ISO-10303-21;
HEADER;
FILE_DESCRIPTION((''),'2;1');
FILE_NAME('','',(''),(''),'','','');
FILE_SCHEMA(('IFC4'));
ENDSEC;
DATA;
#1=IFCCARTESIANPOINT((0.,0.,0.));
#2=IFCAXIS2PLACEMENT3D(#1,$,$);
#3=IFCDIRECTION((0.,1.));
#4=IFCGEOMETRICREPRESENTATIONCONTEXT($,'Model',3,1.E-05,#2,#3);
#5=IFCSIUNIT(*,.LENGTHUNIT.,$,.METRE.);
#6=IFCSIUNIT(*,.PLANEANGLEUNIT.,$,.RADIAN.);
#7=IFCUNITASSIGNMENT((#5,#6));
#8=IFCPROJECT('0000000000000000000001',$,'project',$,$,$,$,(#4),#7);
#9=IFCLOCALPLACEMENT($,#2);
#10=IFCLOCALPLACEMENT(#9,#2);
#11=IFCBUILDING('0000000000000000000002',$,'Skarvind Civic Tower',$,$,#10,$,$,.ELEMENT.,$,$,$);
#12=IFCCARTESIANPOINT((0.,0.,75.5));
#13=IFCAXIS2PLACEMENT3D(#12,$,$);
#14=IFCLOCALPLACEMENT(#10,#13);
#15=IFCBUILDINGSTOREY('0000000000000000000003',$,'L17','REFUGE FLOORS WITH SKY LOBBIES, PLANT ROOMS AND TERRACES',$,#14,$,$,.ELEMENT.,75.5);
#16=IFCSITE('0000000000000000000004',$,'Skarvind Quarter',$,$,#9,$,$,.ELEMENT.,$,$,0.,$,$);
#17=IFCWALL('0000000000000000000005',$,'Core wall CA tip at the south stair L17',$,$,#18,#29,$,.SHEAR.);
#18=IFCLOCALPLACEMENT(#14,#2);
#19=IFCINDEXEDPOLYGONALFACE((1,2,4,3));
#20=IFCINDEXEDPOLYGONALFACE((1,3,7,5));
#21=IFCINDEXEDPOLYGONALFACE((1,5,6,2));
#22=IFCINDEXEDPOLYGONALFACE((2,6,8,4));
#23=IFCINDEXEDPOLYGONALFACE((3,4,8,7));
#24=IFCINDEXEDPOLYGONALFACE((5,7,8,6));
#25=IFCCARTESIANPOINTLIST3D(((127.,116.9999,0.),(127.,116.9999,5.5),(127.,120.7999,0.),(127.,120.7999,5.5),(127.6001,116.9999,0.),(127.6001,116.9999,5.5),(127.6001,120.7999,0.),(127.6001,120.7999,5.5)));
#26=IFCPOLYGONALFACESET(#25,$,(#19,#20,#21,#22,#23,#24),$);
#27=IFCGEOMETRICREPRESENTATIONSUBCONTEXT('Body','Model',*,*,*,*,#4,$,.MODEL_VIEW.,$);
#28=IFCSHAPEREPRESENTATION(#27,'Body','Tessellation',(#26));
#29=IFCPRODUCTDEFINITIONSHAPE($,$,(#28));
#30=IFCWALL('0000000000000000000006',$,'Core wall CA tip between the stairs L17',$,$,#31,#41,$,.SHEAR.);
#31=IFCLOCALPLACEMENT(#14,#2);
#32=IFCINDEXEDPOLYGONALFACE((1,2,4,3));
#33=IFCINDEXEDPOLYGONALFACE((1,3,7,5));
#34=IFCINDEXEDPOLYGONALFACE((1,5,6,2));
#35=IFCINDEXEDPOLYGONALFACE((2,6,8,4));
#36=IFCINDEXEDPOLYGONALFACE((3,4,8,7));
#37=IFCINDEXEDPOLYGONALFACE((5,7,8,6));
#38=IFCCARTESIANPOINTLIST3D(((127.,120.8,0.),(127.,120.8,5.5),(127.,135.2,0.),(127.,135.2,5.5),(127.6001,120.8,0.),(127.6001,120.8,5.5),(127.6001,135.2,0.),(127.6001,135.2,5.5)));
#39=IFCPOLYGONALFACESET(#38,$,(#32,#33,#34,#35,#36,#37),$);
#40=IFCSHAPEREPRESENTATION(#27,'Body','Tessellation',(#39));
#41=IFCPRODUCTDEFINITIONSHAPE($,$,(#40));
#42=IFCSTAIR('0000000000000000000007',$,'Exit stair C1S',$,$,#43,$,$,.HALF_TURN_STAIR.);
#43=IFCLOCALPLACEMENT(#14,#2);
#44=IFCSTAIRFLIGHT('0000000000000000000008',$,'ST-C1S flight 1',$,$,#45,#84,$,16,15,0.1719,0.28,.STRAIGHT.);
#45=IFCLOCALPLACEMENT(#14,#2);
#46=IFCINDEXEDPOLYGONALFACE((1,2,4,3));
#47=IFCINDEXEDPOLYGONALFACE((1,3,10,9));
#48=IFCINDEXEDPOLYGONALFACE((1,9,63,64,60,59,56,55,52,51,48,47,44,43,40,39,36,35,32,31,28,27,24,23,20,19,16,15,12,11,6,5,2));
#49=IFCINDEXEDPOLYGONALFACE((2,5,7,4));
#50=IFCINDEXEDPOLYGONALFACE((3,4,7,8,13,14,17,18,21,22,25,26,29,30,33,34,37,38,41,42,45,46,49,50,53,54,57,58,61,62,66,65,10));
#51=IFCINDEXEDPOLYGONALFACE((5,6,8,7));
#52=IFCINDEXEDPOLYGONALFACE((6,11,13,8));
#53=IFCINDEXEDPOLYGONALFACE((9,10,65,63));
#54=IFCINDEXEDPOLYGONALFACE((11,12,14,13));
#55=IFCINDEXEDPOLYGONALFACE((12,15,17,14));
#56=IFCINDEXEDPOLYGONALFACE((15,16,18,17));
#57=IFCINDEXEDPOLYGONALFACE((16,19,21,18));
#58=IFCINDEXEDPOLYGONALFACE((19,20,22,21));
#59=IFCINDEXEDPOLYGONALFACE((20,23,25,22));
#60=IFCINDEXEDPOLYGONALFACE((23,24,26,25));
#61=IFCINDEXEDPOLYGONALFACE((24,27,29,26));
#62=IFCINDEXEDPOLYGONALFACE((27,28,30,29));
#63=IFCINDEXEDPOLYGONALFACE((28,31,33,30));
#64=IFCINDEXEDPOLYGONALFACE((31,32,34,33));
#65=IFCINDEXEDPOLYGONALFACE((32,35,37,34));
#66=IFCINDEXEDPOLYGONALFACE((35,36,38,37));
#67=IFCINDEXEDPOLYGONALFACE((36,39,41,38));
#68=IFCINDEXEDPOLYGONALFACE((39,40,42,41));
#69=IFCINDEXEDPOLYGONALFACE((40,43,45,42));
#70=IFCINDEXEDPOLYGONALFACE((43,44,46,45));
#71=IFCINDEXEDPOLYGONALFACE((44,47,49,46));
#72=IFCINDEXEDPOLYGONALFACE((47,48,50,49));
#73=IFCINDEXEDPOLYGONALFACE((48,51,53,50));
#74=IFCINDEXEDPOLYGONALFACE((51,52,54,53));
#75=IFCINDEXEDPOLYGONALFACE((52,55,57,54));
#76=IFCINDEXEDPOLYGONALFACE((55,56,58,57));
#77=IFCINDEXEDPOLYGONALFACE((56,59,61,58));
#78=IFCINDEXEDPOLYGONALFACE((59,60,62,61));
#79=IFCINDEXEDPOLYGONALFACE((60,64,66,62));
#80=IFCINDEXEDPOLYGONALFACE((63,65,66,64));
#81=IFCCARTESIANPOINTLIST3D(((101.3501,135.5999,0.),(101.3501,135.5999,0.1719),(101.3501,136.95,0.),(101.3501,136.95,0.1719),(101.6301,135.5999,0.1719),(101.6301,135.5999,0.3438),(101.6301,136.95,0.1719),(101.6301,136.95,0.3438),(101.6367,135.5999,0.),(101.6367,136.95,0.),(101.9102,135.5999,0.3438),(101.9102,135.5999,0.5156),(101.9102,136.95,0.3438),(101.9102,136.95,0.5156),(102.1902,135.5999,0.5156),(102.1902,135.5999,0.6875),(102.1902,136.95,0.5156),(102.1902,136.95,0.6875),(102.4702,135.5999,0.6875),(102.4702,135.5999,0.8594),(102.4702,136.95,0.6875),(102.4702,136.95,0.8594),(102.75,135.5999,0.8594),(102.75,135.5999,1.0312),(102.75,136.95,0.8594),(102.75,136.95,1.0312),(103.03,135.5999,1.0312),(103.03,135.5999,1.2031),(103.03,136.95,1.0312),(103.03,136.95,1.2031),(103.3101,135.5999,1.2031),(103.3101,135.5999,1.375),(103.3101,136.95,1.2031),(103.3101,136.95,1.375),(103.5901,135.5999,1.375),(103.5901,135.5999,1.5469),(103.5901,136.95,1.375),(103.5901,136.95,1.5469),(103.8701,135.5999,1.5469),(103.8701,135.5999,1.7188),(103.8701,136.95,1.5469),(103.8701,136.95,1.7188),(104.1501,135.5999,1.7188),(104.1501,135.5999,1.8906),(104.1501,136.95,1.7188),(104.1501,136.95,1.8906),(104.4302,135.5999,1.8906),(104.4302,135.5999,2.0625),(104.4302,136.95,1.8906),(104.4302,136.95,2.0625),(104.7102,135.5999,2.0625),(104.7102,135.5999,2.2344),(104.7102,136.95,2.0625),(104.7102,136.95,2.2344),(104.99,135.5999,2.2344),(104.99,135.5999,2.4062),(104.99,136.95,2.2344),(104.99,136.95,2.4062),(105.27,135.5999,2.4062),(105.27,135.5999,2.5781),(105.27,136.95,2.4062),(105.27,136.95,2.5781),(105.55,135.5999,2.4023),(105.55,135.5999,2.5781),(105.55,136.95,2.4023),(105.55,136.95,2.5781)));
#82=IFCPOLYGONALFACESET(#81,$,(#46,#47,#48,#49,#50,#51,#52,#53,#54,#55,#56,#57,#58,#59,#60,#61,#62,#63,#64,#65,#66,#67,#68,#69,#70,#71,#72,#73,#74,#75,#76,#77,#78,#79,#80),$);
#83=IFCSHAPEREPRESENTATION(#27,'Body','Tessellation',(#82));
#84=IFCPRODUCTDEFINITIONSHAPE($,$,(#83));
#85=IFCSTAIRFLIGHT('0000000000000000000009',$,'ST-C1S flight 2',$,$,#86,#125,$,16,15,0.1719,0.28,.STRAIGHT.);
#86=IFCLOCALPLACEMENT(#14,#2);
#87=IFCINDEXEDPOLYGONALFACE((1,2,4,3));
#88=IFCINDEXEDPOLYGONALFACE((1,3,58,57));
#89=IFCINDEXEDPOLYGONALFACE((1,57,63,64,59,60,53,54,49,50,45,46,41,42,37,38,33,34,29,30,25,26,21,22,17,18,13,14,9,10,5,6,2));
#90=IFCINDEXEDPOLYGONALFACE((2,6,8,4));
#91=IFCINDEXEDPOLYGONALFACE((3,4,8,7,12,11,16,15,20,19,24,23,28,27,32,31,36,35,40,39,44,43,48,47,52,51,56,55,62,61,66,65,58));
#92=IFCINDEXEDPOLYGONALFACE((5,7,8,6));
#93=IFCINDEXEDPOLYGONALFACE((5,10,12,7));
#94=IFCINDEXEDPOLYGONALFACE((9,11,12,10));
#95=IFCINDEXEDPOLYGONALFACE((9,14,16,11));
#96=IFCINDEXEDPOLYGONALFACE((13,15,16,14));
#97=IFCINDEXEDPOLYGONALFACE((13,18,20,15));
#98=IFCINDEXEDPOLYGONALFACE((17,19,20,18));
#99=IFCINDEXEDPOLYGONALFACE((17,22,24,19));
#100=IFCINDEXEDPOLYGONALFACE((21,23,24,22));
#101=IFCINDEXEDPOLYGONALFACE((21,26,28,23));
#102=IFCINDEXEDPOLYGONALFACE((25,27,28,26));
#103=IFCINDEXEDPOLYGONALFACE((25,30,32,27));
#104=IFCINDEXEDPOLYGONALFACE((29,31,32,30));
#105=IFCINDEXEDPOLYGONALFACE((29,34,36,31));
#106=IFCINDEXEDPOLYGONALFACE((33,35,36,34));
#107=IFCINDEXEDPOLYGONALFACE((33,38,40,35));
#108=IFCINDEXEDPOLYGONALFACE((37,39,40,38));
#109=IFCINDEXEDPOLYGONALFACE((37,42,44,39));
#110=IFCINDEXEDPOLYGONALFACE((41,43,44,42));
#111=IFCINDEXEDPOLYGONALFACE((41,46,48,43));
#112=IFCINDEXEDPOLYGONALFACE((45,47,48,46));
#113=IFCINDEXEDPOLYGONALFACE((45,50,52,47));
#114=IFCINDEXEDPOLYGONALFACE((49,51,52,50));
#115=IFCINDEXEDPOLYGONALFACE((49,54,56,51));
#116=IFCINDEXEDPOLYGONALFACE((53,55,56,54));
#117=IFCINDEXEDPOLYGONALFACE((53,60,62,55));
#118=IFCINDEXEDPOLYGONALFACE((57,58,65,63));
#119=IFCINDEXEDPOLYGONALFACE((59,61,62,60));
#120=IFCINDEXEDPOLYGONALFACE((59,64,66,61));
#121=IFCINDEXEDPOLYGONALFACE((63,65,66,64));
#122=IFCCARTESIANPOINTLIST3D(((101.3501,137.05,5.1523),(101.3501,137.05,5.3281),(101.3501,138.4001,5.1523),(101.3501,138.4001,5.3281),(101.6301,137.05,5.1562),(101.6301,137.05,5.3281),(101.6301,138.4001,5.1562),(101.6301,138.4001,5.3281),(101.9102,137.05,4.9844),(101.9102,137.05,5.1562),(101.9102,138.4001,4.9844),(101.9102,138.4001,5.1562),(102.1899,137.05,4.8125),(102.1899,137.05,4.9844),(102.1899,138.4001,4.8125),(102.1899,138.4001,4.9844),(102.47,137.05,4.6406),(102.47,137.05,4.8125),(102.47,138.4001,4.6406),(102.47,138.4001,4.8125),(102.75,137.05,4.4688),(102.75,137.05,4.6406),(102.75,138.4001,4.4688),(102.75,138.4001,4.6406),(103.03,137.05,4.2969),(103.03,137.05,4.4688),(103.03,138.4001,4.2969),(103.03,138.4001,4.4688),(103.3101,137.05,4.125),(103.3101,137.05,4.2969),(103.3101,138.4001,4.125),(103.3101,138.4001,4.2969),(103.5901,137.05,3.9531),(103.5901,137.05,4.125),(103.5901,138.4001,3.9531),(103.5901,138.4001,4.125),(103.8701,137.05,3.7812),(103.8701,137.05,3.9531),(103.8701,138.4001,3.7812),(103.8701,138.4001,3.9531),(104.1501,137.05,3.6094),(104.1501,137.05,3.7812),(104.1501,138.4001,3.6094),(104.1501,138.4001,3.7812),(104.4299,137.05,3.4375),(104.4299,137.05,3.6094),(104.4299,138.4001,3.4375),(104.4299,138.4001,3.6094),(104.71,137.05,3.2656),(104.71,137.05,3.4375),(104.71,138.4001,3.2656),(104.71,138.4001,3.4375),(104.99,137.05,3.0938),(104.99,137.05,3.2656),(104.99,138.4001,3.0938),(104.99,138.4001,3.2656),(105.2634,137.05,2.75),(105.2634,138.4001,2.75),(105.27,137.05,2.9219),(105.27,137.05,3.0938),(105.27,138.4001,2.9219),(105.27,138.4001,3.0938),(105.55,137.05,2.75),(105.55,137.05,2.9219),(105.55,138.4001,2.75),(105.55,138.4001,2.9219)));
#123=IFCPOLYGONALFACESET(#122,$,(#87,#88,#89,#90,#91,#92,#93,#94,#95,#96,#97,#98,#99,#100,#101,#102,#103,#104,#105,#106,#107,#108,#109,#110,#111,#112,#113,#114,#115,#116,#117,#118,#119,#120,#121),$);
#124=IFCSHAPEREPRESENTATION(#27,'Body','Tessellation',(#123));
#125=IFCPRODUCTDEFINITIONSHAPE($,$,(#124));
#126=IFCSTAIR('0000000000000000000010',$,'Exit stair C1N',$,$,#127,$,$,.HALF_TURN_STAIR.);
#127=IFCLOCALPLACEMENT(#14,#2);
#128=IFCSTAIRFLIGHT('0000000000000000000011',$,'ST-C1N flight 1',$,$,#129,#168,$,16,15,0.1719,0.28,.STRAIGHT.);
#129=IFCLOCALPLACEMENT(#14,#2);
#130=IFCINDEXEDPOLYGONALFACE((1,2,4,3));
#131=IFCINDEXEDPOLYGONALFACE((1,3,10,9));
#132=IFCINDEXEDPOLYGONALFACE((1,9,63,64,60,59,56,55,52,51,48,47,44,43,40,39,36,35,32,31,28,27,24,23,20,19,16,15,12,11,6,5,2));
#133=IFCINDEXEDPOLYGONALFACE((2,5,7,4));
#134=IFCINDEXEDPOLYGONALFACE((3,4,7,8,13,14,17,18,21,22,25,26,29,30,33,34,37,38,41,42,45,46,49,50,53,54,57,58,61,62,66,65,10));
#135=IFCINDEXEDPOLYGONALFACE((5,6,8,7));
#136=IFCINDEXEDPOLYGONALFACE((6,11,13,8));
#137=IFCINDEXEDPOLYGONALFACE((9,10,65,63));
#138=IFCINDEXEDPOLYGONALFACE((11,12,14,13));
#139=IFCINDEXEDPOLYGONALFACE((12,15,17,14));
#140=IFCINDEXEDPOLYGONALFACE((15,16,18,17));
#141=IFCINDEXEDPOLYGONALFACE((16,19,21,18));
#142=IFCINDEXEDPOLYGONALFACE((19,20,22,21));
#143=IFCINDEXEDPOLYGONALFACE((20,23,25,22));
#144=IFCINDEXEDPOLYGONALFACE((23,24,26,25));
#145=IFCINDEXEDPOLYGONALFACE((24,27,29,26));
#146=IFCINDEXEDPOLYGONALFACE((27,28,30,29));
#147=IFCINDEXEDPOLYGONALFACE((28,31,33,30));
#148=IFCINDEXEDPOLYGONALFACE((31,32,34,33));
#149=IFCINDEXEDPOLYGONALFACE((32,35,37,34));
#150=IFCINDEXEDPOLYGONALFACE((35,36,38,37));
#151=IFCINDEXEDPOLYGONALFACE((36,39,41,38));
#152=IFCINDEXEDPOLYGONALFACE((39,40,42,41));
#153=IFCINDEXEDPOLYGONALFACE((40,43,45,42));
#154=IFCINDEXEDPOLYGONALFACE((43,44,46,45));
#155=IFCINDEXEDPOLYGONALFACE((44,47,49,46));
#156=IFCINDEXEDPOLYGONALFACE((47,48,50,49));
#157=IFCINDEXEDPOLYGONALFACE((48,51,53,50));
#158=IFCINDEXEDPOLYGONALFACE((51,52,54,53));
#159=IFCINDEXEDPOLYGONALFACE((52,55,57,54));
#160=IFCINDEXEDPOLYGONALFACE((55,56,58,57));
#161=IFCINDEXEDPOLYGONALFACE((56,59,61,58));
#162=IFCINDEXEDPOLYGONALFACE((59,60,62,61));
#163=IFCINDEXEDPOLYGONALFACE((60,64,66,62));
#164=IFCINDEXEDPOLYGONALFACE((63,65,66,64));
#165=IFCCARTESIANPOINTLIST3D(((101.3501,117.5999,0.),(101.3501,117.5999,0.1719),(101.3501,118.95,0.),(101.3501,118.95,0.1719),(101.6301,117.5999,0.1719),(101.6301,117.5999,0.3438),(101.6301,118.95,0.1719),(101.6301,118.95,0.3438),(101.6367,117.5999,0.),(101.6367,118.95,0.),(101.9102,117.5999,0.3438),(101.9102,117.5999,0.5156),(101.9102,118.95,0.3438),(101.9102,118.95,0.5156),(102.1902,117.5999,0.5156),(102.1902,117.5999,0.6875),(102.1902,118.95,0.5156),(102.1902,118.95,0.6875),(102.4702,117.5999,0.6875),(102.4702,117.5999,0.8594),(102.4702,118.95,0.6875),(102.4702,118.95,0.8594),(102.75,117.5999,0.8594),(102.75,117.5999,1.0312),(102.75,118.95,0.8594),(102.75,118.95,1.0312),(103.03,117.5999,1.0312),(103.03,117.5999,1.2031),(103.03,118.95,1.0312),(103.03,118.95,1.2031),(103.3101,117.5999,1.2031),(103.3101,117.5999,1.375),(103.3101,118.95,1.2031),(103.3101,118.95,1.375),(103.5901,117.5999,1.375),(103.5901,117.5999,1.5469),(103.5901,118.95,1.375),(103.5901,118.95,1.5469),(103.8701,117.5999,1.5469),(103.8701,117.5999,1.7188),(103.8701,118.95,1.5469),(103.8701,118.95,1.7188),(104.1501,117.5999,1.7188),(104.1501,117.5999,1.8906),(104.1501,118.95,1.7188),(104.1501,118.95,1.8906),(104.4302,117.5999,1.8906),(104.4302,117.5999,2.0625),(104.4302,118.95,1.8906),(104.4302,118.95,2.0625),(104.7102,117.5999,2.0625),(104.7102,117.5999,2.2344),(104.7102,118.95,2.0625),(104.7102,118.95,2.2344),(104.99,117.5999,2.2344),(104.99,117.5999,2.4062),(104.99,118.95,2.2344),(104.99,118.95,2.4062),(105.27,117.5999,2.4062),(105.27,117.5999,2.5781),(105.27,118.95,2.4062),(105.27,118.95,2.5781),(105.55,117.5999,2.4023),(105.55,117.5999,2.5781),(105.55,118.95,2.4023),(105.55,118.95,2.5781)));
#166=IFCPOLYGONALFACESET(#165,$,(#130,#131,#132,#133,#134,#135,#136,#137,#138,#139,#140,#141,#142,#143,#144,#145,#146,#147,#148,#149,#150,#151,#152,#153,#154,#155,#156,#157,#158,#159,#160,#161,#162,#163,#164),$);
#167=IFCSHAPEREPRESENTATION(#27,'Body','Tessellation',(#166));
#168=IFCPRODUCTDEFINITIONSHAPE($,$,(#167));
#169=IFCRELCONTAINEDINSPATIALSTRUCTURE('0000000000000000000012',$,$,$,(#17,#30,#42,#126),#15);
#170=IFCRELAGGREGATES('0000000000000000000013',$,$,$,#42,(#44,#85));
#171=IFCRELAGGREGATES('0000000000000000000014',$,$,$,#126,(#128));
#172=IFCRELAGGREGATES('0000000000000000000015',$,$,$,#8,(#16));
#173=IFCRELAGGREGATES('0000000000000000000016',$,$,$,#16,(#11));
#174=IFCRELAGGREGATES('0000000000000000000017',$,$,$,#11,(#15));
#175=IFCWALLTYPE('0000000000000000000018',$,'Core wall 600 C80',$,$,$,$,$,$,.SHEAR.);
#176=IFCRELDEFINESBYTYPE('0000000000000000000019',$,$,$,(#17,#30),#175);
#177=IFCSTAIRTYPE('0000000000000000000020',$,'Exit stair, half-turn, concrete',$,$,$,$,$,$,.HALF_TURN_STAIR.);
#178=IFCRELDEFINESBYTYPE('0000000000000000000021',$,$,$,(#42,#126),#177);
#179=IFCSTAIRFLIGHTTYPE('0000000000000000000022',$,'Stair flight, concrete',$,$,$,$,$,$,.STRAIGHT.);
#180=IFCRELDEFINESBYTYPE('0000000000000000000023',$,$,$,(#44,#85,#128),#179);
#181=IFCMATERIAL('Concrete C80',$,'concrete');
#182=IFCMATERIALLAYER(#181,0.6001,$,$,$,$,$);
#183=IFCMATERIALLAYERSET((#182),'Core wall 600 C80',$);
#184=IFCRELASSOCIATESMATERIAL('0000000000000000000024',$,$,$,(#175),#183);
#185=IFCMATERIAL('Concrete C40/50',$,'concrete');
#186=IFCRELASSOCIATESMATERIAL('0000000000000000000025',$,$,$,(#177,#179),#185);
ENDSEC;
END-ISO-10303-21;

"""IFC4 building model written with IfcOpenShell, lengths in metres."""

from ifc_helpers import new_model, si_unit, direction, frame, frame_2d, origin, place, context, subcontext, project, spatial, polyline, rectangle, outline, extrude, material, layer, layer_set, type_object, element, aggregate, save


model = new_model("IFC4")

# Units and contexts
model_context = context("Model", 3, precision=1e-05, world=origin(), true_north=direction((0.0, 1.0)))
body_context = subcontext(model_context, "Body", "Model", "MODEL_VIEW")
ifc_project = project(units=[si_unit("LENGTHUNIT", "METRE"), si_unit("PLANEANGLEUNIT", "RADIAN")], contexts=[model_context])

# Site, building, storey
site_placement = place(None, origin())
site = spatial("IfcSite", under=ifc_project, at=site_placement, Name="Skarvind Quarter", CompositionType="ELEMENT", RefElevation=0.0)
building_placement = place(site_placement, origin())
building = spatial("IfcBuilding", under=site, at=building_placement, Name="Skarvind Civic Tower", CompositionType="ELEMENT")
storey_placement = place(building_placement, frame((0.0, 0.0, 75.5)))
storey = spatial("IfcBuildingStorey", under=building, at=storey_placement, Name="L17", Description="REFUGE FLOORS WITH SKY LOBBIES, PLANT ROOMS AND TERRACES", CompositionType="ELEMENT", Elevation=75.5)

# Shared definitions
ifc_material_1 = material(Name="Concrete C80", Category="concrete")

# Walls
ifc_layer_1 = layer(ifc_material_1, 0.6001)
ifc_layer_set_1 = layer_set([ifc_layer_1], Name="Core wall 600 C80")
wall_type_1 = type_object("IfcWallType", Name="Core wall 600 C80", PredefinedType="SHEAR", material=ifc_layer_set_1)
wall_1_placement = place(storey_placement, frame((127.3, 117.0, 0.0), z_axis=(0.0, 0.0, 1.0), x_axis=(0.0, 1.0, 0.0)))
element("IfcWall", 1, at=wall_1_placement, inside=storey, type_object=wall_type_1, Name="Core wall CA tip at the south stair L17", PredefinedType="SHEAR", context=body_context, shape_type="SweptSolid", body=[
    extrude(rectangle(XDim=3.8, YDim=0.6001, at=frame_2d((1.8999, 0.0))), origin(), (0.0, 0.0, 1.0), 5.5),
])
wall_2_placement = place(storey_placement, frame((127.3, 120.8, 0.0), z_axis=(0.0, 0.0, 1.0), x_axis=(0.0, 1.0, 0.0)))
element("IfcWall", 2, at=wall_2_placement, inside=storey, type_object=wall_type_1, Name="Core wall CA tip between the stairs L17", PredefinedType="SHEAR", context=body_context, shape_type="SweptSolid", body=[
    extrude(rectangle(XDim=14.3999, YDim=0.6001, at=frame_2d((7.2, 0.0))), origin(), (0.0, 0.0, 1.0), 5.5),
])

# Stairs, stair flights
ifc_material_2 = material(Name="Concrete C40/50", Category="concrete")
stair_type = type_object("IfcStairType", Name="Exit stair, half-turn, concrete", PredefinedType="HALF_TURN_STAIR", material=ifc_material_2)
stair_1_placement = place(storey_placement, origin())
stair_1 = element("IfcStair", 3, at=stair_1_placement, inside=storey, type_object=stair_type, Name="Exit stair C1S", PredefinedType="HALF_TURN_STAIR")
stair_flight_type = type_object("IfcStairFlightType", Name="Stair flight, concrete", PredefinedType="STRAIGHT", material=ifc_material_2)
stair_flight_1_placement = place(storey_placement, frame((101.3501, 136.2749, 0.0), z_axis=(0.0, 0.0, 1.0), x_axis=(1.0, 0.0, 0.0)))
stair_flight_1 = element("IfcStairFlight", 4, at=stair_flight_1_placement, type_object=stair_flight_type, Name="ST-C1S flight 1", NumberOfRisers=16, NumberOfTreads=15, PredefinedType="STRAIGHT", RiserHeight=0.1719, TreadLength=0.28, context=body_context, shape_type="SweptSolid", body=[
    extrude(outline(polyline([(0.0, 0.0), (0.0, 0.1719), (0.28, 0.1719), (0.28, 0.3438), (0.5601, 0.3438), (0.5601, 0.5156), (0.8401, 0.5156), (0.8401, 0.6875), (1.1201, 0.6875), (1.1201, 0.8594), (1.3999, 0.8594), (1.3999, 1.0312), (1.6799, 1.0312), (1.6799, 1.2031), (1.96, 1.2031), (1.96, 1.375), (2.24, 1.375), (2.24, 1.5469), (2.52, 1.5469), (2.52, 1.7188), (2.8, 1.7188), (2.8, 1.8906), (3.0801, 1.8906), (3.0801, 2.0625), (3.3601, 2.0625), (3.3601, 2.2344), (3.6399, 2.2344), (3.6399, 2.4062), (3.9199, 2.4062), (3.9199, 2.5781), (4.2, 2.5781), (4.2, 2.75), (4.2, 2.4023), (0.2866, 0.0), (0.0, 0.0)])), frame((0.0, 0.675, 0.0), z_axis=(0.0, -1.0, 0.0), x_axis=(1.0, 0.0, 0.0)), (0.0, 0.0, 1.0), 1.3501),
])
stair_flight_2_placement = place(storey_placement, frame((105.55, 137.7251, 2.75), z_axis=(0.0, 0.0, 1.0), x_axis=(-1.0, 0.0, 0.0)))
stair_flight_2 = element("IfcStairFlight", 5, at=stair_flight_2_placement, type_object=stair_flight_type, Name="ST-C1S flight 2", NumberOfRisers=16, NumberOfTreads=15, PredefinedType="STRAIGHT", RiserHeight=0.1719, TreadLength=0.28, context=body_context, shape_type="SweptSolid", body=[
    extrude(outline(polyline([(0.0, 0.0), (0.0, 0.1719), (0.28, 0.1719), (0.28, 0.3438), (0.5601, 0.3438), (0.5601, 0.5156), (0.8401, 0.5156), (0.8401, 0.6875), (1.1201, 0.6875), (1.1201, 0.8594), (1.3999, 0.8594), (1.3999, 1.0312), (1.6799, 1.0312), (1.6799, 1.2031), (1.96, 1.2031), (1.96, 1.375), (2.24, 1.375), (2.24, 1.5469), (2.52, 1.5469), (2.52, 1.7188), (2.8, 1.7188), (2.8, 1.8906), (3.0801, 1.8906), (3.0801, 2.0625), (3.3601, 2.0625), (3.3601, 2.2344), (3.6399, 2.2344), (3.6399, 2.4062), (3.9199, 2.4062), (3.9199, 2.5781), (4.2, 2.5781), (4.2, 2.75), (4.2, 2.4023), (0.2866, 0.0), (0.0, 0.0)])), frame((0.0, 0.675, 0.0), z_axis=(0.0, -1.0, 0.0), x_axis=(1.0, 0.0, 0.0)), (0.0, 0.0, 1.0), 1.3501),
])
aggregate(stair_1, [stair_flight_1, stair_flight_2])
stair_2_placement = place(storey_placement, origin())
stair_2 = element("IfcStair", 6, at=stair_2_placement, inside=storey, type_object=stair_type, Name="Exit stair C1N", PredefinedType="HALF_TURN_STAIR")
stair_flight_3_placement = place(storey_placement, frame((101.3501, 118.2749, 0.0), z_axis=(0.0, 0.0, 1.0), x_axis=(1.0, 0.0, 0.0)))
stair_flight_3 = element("IfcStairFlight", 7, at=stair_flight_3_placement, type_object=stair_flight_type, Name="ST-C1N flight 1", NumberOfRisers=16, NumberOfTreads=15, PredefinedType="STRAIGHT", RiserHeight=0.1719, TreadLength=0.28, context=body_context, shape_type="SweptSolid", body=[
    extrude(outline(polyline([(0.0, 0.0), (0.0, 0.1719), (0.28, 0.1719), (0.28, 0.3438), (0.5601, 0.3438), (0.5601, 0.5156), (0.8401, 0.5156), (0.8401, 0.6875), (1.1201, 0.6875), (1.1201, 0.8594), (1.3999, 0.8594), (1.3999, 1.0312), (1.6799, 1.0312), (1.6799, 1.2031), (1.96, 1.2031), (1.96, 1.375), (2.24, 1.375), (2.24, 1.5469), (2.52, 1.5469), (2.52, 1.7188), (2.8, 1.7188), (2.8, 1.8906), (3.0801, 1.8906), (3.0801, 2.0625), (3.3601, 2.0625), (3.3601, 2.2344), (3.6399, 2.2344), (3.6399, 2.4062), (3.9199, 2.4062), (3.9199, 2.5781), (4.2, 2.5781), (4.2, 2.75), (4.2, 2.4023), (0.2866, 0.0), (0.0, 0.0)])), frame((0.0, 0.675, 0.0), z_axis=(0.0, -1.0, 0.0), x_axis=(1.0, 0.0, 0.0)), (0.0, 0.0, 1.0), 1.3501),
])
aggregate(stair_2, [stair_flight_3])

save(model, "model.ifc")
